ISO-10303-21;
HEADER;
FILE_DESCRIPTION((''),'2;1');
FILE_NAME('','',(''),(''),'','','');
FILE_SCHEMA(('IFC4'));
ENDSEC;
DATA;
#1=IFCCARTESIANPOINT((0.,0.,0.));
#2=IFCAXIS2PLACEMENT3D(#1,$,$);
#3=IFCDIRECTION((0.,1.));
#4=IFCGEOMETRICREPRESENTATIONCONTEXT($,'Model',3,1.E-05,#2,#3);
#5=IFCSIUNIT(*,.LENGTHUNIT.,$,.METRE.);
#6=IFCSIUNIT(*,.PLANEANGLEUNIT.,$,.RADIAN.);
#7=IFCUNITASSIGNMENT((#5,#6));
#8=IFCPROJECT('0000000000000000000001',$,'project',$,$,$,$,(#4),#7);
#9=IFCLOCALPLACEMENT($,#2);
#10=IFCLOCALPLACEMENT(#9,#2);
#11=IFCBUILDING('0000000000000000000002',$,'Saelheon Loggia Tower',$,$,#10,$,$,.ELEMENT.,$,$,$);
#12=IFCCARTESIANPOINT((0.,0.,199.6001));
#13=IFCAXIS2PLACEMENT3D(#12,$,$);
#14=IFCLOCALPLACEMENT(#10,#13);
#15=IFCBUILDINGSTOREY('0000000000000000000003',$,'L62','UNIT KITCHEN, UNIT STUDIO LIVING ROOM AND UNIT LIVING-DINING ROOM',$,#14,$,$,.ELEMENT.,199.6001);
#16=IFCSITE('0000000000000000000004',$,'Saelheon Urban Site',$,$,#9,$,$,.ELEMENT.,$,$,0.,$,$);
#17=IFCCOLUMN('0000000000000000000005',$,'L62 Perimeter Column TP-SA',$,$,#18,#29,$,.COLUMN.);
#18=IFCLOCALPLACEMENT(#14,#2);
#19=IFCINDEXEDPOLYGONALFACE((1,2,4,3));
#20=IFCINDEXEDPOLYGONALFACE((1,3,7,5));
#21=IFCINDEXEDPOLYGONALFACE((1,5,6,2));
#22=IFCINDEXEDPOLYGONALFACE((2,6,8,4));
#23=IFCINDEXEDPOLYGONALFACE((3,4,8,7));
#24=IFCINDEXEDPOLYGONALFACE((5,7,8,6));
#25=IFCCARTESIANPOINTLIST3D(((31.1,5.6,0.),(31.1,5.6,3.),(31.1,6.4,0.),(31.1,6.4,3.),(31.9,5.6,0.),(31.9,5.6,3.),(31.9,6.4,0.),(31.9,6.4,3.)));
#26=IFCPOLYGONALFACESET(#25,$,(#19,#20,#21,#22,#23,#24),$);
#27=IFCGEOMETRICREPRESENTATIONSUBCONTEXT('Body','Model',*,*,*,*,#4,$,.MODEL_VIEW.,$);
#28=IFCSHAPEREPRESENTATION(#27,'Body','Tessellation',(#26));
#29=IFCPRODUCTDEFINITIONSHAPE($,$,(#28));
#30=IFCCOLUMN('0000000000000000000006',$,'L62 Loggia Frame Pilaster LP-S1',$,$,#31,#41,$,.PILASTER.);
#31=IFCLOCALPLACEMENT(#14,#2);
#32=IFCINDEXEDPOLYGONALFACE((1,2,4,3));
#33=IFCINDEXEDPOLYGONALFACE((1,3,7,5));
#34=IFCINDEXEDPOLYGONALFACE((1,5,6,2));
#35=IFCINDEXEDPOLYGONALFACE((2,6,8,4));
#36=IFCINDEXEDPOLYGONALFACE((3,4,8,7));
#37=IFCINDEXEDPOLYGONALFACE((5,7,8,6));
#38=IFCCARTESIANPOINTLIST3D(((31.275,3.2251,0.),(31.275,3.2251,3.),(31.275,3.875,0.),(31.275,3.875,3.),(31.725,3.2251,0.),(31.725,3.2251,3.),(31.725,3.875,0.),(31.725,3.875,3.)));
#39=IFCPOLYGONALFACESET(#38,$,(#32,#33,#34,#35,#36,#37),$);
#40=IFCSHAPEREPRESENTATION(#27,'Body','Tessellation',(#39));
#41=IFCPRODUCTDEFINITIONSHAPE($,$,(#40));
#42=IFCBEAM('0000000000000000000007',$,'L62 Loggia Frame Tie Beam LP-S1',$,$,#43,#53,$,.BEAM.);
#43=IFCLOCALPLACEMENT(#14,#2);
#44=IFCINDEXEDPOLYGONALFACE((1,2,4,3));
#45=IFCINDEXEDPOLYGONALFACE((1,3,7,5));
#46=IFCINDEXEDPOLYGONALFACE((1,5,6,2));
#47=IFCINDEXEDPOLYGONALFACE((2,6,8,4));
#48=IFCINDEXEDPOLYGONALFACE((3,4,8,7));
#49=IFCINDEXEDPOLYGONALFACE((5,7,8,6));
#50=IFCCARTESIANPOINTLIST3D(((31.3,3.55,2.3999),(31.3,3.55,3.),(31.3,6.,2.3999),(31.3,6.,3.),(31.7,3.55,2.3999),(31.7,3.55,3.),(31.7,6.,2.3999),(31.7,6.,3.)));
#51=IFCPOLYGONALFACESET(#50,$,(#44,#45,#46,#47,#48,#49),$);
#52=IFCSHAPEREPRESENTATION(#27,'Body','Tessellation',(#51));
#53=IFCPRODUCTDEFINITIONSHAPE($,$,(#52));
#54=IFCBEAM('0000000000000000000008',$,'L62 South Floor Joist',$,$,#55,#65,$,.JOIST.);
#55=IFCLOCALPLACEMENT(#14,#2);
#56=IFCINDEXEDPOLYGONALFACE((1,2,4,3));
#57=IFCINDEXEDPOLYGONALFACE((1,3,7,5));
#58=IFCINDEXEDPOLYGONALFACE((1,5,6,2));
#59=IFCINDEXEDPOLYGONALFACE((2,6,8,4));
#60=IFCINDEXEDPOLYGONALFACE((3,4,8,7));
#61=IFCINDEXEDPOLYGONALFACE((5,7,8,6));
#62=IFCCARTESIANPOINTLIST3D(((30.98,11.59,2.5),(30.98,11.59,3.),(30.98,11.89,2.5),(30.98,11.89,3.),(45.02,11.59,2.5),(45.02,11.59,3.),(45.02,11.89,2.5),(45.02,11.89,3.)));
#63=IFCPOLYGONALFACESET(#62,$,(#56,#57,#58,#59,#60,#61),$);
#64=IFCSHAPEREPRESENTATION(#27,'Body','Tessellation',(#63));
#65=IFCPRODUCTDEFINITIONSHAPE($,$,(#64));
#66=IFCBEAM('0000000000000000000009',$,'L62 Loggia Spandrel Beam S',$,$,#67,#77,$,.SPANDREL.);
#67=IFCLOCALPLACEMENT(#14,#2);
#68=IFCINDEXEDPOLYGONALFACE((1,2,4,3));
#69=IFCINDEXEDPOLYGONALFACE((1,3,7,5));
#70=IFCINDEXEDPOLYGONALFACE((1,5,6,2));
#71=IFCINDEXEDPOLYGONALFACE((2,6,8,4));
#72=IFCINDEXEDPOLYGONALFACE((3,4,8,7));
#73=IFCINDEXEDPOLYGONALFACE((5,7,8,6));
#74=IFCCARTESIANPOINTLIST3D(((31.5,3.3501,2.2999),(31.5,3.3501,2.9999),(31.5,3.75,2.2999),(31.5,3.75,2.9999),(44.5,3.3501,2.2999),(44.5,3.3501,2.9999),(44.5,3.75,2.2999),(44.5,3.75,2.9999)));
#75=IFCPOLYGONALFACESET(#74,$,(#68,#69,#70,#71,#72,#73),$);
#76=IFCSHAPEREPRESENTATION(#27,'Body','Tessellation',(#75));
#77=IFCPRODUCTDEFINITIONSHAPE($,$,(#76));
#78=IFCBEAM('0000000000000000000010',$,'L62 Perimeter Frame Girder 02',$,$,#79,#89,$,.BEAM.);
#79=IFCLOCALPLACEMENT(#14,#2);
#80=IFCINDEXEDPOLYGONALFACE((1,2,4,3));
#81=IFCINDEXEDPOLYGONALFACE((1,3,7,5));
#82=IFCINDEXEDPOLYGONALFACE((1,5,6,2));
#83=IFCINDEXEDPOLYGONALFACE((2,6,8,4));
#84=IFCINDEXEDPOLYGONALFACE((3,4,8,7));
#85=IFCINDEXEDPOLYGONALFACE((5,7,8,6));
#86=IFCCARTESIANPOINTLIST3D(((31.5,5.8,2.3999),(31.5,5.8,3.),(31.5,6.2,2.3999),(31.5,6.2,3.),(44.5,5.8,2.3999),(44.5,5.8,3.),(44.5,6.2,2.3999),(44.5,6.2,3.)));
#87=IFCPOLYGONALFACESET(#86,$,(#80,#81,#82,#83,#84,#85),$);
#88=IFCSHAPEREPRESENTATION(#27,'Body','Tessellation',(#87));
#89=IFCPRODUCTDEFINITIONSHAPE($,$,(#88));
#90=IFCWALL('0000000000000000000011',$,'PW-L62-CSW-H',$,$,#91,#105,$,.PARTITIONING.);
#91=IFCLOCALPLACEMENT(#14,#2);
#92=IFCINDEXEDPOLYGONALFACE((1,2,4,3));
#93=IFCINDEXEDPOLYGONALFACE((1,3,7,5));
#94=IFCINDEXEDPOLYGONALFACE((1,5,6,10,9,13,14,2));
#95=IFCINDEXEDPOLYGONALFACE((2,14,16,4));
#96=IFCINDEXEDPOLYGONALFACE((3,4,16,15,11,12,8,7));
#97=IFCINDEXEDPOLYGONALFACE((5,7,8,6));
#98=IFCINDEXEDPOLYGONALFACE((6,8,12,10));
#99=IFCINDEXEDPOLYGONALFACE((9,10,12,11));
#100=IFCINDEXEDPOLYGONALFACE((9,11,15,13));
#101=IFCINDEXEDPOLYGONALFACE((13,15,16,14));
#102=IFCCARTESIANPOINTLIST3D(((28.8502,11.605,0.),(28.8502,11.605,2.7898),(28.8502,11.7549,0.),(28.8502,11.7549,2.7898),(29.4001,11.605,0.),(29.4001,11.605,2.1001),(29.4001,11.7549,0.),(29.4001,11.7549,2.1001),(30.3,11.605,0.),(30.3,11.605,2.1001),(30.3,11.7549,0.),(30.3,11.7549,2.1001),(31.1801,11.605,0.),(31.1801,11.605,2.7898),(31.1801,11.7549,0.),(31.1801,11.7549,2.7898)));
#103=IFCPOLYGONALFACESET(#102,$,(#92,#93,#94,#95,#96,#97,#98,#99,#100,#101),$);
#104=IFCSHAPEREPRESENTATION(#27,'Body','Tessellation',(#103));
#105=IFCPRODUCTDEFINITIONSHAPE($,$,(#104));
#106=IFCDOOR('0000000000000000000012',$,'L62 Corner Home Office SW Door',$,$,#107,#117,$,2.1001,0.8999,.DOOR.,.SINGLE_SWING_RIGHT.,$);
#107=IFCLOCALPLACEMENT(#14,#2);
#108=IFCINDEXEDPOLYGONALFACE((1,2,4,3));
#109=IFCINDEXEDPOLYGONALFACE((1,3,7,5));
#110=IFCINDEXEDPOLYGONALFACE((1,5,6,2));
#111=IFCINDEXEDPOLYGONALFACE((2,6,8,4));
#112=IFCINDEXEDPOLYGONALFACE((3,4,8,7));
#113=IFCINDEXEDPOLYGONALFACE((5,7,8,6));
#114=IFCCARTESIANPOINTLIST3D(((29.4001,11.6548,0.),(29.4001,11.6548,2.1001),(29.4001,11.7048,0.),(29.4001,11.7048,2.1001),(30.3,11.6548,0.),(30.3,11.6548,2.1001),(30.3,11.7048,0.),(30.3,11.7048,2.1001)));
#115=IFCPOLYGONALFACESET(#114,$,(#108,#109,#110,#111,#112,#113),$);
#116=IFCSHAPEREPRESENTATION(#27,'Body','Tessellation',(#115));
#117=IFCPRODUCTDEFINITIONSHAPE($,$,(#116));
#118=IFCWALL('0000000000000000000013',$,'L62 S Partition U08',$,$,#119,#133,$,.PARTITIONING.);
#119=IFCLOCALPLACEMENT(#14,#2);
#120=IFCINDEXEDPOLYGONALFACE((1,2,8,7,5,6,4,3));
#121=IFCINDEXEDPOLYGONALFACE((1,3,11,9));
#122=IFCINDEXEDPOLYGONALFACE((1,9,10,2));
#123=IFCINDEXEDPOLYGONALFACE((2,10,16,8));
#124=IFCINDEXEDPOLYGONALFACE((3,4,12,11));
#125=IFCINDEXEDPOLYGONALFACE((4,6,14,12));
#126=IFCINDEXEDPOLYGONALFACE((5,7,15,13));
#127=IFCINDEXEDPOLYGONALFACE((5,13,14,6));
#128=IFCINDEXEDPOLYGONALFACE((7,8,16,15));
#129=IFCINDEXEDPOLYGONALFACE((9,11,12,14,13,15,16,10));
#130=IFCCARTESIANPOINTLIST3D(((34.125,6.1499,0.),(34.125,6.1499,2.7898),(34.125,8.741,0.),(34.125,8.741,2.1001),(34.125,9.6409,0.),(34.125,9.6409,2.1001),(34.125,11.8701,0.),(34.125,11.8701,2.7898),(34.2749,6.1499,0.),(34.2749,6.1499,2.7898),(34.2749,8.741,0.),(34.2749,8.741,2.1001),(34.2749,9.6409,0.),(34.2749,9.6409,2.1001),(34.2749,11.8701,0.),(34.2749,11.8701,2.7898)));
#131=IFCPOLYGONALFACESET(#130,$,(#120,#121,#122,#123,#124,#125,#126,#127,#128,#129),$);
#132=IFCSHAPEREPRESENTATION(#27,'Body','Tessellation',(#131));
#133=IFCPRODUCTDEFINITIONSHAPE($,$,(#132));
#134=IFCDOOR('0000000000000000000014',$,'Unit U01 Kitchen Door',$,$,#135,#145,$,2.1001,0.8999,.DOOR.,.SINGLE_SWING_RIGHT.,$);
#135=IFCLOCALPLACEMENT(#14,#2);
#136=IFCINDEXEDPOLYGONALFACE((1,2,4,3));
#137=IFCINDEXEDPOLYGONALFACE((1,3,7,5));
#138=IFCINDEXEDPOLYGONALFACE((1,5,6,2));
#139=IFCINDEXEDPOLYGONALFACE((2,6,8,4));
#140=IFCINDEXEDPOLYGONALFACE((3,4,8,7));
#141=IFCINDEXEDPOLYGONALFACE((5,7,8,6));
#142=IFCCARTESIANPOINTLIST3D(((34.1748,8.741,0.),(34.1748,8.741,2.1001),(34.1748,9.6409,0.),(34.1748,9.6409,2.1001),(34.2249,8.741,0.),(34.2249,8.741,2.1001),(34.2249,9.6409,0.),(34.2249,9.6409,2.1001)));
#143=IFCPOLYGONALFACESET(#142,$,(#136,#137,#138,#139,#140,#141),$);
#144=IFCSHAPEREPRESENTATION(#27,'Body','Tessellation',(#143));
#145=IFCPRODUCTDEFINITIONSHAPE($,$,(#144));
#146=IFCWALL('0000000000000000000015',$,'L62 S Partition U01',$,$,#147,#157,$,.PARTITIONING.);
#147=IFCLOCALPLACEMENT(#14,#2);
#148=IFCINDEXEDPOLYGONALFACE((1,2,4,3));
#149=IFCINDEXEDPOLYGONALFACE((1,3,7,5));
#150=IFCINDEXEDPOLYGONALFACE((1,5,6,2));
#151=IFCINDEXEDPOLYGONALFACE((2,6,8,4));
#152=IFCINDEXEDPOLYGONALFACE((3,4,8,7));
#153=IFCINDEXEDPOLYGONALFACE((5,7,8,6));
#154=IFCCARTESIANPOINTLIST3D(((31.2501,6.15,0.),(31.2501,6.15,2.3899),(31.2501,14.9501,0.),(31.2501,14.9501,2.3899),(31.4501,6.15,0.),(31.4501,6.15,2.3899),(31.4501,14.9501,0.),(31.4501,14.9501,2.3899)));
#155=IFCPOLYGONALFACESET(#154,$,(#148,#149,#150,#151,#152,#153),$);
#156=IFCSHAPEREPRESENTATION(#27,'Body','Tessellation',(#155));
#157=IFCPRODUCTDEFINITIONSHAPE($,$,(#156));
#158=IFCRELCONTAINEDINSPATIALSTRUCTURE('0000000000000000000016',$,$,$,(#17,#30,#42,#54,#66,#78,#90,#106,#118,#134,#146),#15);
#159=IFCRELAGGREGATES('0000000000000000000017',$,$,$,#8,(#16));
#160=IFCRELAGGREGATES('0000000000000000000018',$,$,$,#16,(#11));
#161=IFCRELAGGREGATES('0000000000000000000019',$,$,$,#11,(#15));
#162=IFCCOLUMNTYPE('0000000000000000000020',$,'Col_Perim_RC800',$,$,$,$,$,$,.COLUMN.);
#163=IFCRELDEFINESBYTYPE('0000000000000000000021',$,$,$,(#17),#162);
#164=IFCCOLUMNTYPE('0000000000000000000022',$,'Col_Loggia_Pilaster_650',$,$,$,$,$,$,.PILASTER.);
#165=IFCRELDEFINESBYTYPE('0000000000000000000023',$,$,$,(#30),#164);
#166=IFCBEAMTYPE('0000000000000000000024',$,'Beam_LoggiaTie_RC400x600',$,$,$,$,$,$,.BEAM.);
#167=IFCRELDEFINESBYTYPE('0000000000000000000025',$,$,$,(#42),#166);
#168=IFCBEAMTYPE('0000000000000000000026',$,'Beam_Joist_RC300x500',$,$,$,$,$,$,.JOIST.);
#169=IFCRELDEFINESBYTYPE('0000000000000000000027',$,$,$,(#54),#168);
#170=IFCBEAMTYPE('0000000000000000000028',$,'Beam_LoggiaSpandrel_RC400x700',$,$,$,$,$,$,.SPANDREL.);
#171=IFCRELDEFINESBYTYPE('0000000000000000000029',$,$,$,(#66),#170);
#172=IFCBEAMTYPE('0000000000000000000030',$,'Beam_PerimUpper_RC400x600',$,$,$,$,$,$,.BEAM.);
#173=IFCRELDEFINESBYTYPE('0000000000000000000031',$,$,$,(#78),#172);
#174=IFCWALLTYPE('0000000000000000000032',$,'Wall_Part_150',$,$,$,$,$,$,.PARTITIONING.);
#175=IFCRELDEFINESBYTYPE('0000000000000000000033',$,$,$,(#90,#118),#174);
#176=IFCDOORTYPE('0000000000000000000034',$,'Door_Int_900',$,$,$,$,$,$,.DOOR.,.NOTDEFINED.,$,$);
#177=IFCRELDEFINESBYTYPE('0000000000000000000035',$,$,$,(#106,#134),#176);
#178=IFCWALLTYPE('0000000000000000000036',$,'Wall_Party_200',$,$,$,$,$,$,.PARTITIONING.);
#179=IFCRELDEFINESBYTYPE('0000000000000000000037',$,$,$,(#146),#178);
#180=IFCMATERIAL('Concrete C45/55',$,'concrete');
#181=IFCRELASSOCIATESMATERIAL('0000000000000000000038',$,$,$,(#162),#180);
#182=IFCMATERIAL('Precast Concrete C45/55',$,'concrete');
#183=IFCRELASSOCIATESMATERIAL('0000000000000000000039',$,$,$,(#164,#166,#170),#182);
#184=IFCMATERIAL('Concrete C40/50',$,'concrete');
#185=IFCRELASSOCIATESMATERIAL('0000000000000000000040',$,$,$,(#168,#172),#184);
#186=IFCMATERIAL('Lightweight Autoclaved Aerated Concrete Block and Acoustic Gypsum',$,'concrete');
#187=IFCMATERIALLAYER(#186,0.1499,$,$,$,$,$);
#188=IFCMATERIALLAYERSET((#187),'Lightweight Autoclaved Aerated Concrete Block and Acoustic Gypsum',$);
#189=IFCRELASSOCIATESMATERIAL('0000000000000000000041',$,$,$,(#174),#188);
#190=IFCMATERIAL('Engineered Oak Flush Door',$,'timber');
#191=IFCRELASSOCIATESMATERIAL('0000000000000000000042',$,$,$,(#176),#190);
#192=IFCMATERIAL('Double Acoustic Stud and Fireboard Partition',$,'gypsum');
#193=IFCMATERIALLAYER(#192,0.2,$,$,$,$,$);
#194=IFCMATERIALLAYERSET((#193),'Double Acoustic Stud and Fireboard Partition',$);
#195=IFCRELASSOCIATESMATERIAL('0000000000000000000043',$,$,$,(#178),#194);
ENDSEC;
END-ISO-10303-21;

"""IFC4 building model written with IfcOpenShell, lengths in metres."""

from ifc_helpers import new_model, si_unit, direction, frame, frame_2d, origin, origin_2d, place, context, subcontext, project, spatial, rectangle, extrude, source, transform, mapped, material, layer, layer_set, material_profile, profile_set, type_object, element, fill, save


model = new_model("IFC4")

# Units and contexts
model_context = context("Model", 3, precision=1e-05, world=origin(), true_north=direction((0.0, 1.0)))
body_context = subcontext(model_context, "Body", "Model", "MODEL_VIEW")
ifc_project = project(units=[si_unit("LENGTHUNIT", "METRE"), si_unit("PLANEANGLEUNIT", "RADIAN")], contexts=[model_context])

# Site, building, storey
site_placement = place(None, origin())
site = spatial("IfcSite", under=ifc_project, at=site_placement, Name="Saelheon Urban Site", CompositionType="ELEMENT", RefElevation=0.0)
building_placement = place(site_placement, origin())
building = spatial("IfcBuilding", under=site, at=building_placement, Name="Saelheon Loggia Tower", CompositionType="ELEMENT")
storey_placement = place(building_placement, frame((0.0, 0.0, 199.6001)))
storey = spatial("IfcBuildingStorey", under=building, at=storey_placement, Name="L62", Description="UNIT KITCHEN, UNIT STUDIO LIVING ROOM AND UNIT LIVING-DINING ROOM", CompositionType="ELEMENT", Elevation=199.6001)

# Columns
ifc_material_1 = material(Name="Concrete C45/55", Category="concrete")
ifc_material_profile_1 = material_profile(ifc_material_1, rectangle(XDim=0.8, YDim=0.8, at=origin_2d()), Name="RC-800x800")
ifc_profile_set_1 = profile_set([ifc_material_profile_1], Name="Concrete C45/55")
column_type_1 = type_object("IfcColumnType", Name="Col_Perim_RC800", PredefinedType="COLUMN", material=ifc_profile_set_1)
shared_shape_1 = source(origin(), body_context, "Body", "SweptSolid", [
    extrude(rectangle(XDim=0.8, YDim=0.8, at=origin_2d()), origin(), (0.0, 0.0, 1.0), 3.0),
])
column_1_placement = place(storey_placement, frame((31.5, 6.0, 0.0), z_axis=(0.0, 0.0, 1.0), x_axis=(1.0, 0.0, 0.0)))
element("IfcColumn", 1, at=column_1_placement, inside=storey, type_object=column_type_1, Name="L62 Perimeter Column TP-SA", PredefinedType="COLUMN", context=body_context, shape_type="MappedRepresentation", body=[
    mapped(shared_shape_1, transform((0.0, 0.0, 0.0), scale=1.0)),
])
ifc_material_2 = material(Name="Precast Concrete C45/55", Category="concrete")
ifc_material_profile_2 = material_profile(ifc_material_2, rectangle(XDim=0.45, YDim=0.6499, at=origin_2d()), Name="RC-450x650")
ifc_profile_set_2 = profile_set([ifc_material_profile_2], Name="Precast Concrete C45/55")
column_type_2 = type_object("IfcColumnType", Name="Col_Loggia_Pilaster_650", PredefinedType="PILASTER", material=ifc_profile_set_2)
shared_shape_2 = source(origin(), body_context, "Body", "SweptSolid", [
    extrude(rectangle(XDim=0.45, YDim=0.6499, at=origin_2d()), origin(), (0.0, 0.0, 1.0), 3.0),
])
column_2_placement = place(storey_placement, frame((31.5, 3.55, 0.0), z_axis=(0.0, 0.0, 1.0), x_axis=(1.0, 0.0, 0.0)))
element("IfcColumn", 2, at=column_2_placement, inside=storey, type_object=column_type_2, Name="L62 Loggia Frame Pilaster LP-S1", PredefinedType="PILASTER", context=body_context, shape_type="MappedRepresentation", body=[
    mapped(shared_shape_2, transform((0.0, 0.0, 0.0), scale=1.0)),
])

# Beams
ifc_material_profile_3 = material_profile(ifc_material_2, rectangle(XDim=0.3999, YDim=0.6001, at=origin_2d()), Name="RC-400x600")
ifc_profile_set_3 = profile_set([ifc_material_profile_3], Name="Precast Concrete C45/55")
beam_type_1 = type_object("IfcBeamType", Name="Beam_LoggiaTie_RC400x600", PredefinedType="BEAM", material=ifc_profile_set_3)
shared_shape_3 = source(origin(), body_context, "Body", "SweptSolid", [
    extrude(rectangle(XDim=0.3999, YDim=0.6001, at=origin_2d()), origin(), (0.0, 0.0, 1.0), 2.45),
])
beam_1_placement = place(storey_placement, frame((31.5, 6.0, 2.7), z_axis=(0.0, -1.0, 0.0), x_axis=(1.0, 0.0, 0.0)))
element("IfcBeam", 3, at=beam_1_placement, inside=storey, type_object=beam_type_1, Name="L62 Loggia Frame Tie Beam LP-S1", PredefinedType="BEAM", context=body_context, shape_type="MappedRepresentation", body=[
    mapped(shared_shape_3, transform((0.0, 0.0, 0.0), scale=1.0)),
])
ifc_material_3 = material(Name="Concrete C40/50", Category="concrete")
ifc_material_profile_4 = material_profile(ifc_material_3, rectangle(XDim=0.3, YDim=0.5, at=origin_2d()), Name="RC-300x500")
ifc_profile_set_4 = profile_set([ifc_material_profile_4], Name="Concrete C40/50")
beam_type_2 = type_object("IfcBeamType", Name="Beam_Joist_RC300x500", PredefinedType="JOIST", material=ifc_profile_set_4)
shared_shape_4 = source(origin(), body_context, "Body", "SweptSolid", [
    extrude(rectangle(XDim=0.3, YDim=0.5, at=origin_2d()), origin(), (0.0, 0.0, 1.0), 14.04),
])
beam_2_placement = place(storey_placement, frame((30.98, 11.74, 2.75), z_axis=(1.0, 0.0, 0.0), x_axis=(0.0, 1.0, 0.0)))
element("IfcBeam", 4, at=beam_2_placement, inside=storey, type_object=beam_type_2, Name="L62 South Floor Joist", PredefinedType="JOIST", context=body_context, shape_type="MappedRepresentation", body=[
    mapped(shared_shape_4, transform((0.0, 0.0, 0.0), scale=1.0)),
])
ifc_material_profile_5 = material_profile(ifc_material_2, rectangle(XDim=0.3999, YDim=0.7, at=origin_2d()), Name="RC-400x700")
ifc_profile_set_5 = profile_set([ifc_material_profile_5], Name="Precast Concrete C45/55")
beam_type_3 = type_object("IfcBeamType", Name="Beam_LoggiaSpandrel_RC400x700", PredefinedType="SPANDREL", material=ifc_profile_set_5)
shared_shape_5 = source(origin(), body_context, "Body", "SweptSolid", [
    extrude(rectangle(XDim=0.3999, YDim=0.7, at=origin_2d()), origin(), (0.0, 0.0, 1.0), 13.0),
])
beam_3_placement = place(storey_placement, frame((31.5, 3.55, 2.6499), z_axis=(1.0, 0.0, 0.0), x_axis=(0.0, 1.0, 0.0)))
element("IfcBeam", 5, at=beam_3_placement, inside=storey, type_object=beam_type_3, Name="L62 Loggia Spandrel Beam S", PredefinedType="SPANDREL", context=body_context, shape_type="MappedRepresentation", body=[
    mapped(shared_shape_5, transform((0.0, 0.0, 0.0), scale=1.0)),
])
ifc_material_profile_6 = material_profile(ifc_material_3, rectangle(XDim=0.3999, YDim=0.6001, at=origin_2d()), Name="RC-400x600")
ifc_profile_set_6 = profile_set([ifc_material_profile_6], Name="Concrete C40/50")
beam_type_4 = type_object("IfcBeamType", Name="Beam_PerimUpper_RC400x600", PredefinedType="BEAM", material=ifc_profile_set_6)
shared_shape_6 = source(origin(), body_context, "Body", "SweptSolid", [
    extrude(rectangle(XDim=0.3999, YDim=0.6001, at=origin_2d()), origin(), (0.0, 0.0, 1.0), 13.0),
])
beam_4_placement = place(storey_placement, frame((31.5, 6.0, 2.7), z_axis=(1.0, 0.0, 0.0), x_axis=(0.0, 1.0, 0.0)))
element("IfcBeam", 6, at=beam_4_placement, inside=storey, type_object=beam_type_4, Name="L62 Perimeter Frame Girder 02", PredefinedType="BEAM", context=body_context, shape_type="MappedRepresentation", body=[
    mapped(shared_shape_6, transform((0.0, 0.0, 0.0), scale=1.0)),
])

# Walls, openings, doors
ifc_material_4 = material(Name="Lightweight Autoclaved Aerated Concrete Block and Acoustic Gypsum", Category="concrete")
ifc_layer_1 = layer(ifc_material_4, 0.1499)
ifc_layer_set_1 = layer_set([ifc_layer_1], Name="Lightweight Autoclaved Aerated Concrete Block and Acoustic Gypsum")
wall_type_1 = type_object("IfcWallType", Name="Wall_Part_150", PredefinedType="PARTITIONING", material=ifc_layer_set_1)
wall_1_placement = place(storey_placement, frame((28.8501, 11.6799, 0.0), z_axis=(0.0, 0.0, 1.0), x_axis=(1.0, 0.0, 0.0)))
wall_1 = element("IfcWall", 7, at=wall_1_placement, inside=storey, type_object=wall_type_1, Name="PW-L62-CSW-H", PredefinedType="PARTITIONING", context=body_context, shape_type="SweptSolid", body=[
    extrude(rectangle(XDim=2.3298, YDim=0.1499, at=frame_2d((1.165, 0.0))), origin(), (0.0, 0.0, 1.0), 2.7898),
])
opening_1_placement = place(wall_1_placement, frame((0.55, 0.0, 0.0)))
opening_1 = element("IfcOpeningElement", 8, at=opening_1_placement, cuts=wall_1, PredefinedType="OPENING", context=body_context, shape_type="SweptSolid", body=[
    extrude(rectangle(XDim=0.8999, YDim=2.1001, at=frame_2d((0.45, 1.05))), frame((0.0, 0.0869, 0.0), z_axis=(0.0, -1.0, 0.0), x_axis=(1.0, 0.0, 0.0)), (0.0, 0.0, 1.0), 0.1738),
])
ifc_material_5 = material(Name="Engineered Oak Flush Door", Category="timber")
door_type_1 = type_object("IfcDoorType", Name="Door_Int_900", OperationType="NOTDEFINED", PredefinedType="DOOR", material=ifc_material_5)
shared_shape_7 = source(origin(), body_context, "Body", "SweptSolid", [
    extrude(rectangle(XDim=0.8999, YDim=2.1001, at=frame_2d((0.45, 1.05))), frame((0.0, 0.0249, 0.0), z_axis=(0.0, -1.0, 0.0), x_axis=(1.0, 0.0, 0.0)), (0.0, 0.0, 1.0), 0.05),
])
door_1_placement = place(opening_1_placement, origin())
door_1 = element("IfcDoor", 9, at=door_1_placement, inside=storey, type_object=door_type_1, Name="L62 Corner Home Office SW Door", OperationType="SINGLE_SWING_RIGHT", OverallHeight=2.1001, OverallWidth=0.8999, PredefinedType="DOOR", context=body_context, shape_type="MappedRepresentation", body=[
    mapped(shared_shape_7, transform((0.0, 0.0, 0.0), scale=1.0)),
])
fill(opening_1, door_1)
wall_2_placement = place(storey_placement, frame((34.2, 11.8701, 0.0), z_axis=(0.0, 0.0, 1.0), x_axis=(0.0, -1.0, 0.0)))
wall_2 = element("IfcWall", 10, at=wall_2_placement, inside=storey, type_object=wall_type_1, Name="L62 S Partition U08", PredefinedType="PARTITIONING", context=body_context, shape_type="SweptSolid", body=[
    extrude(rectangle(XDim=5.7202, YDim=0.1499, at=frame_2d((2.8601, 0.0))), origin(), (0.0, 0.0, 1.0), 2.7898),
])
opening_2_placement = place(wall_2_placement, frame((2.2292, 0.0, 0.0)))
opening_2 = element("IfcOpeningElement", 11, at=opening_2_placement, cuts=wall_2, PredefinedType="OPENING", context=body_context, shape_type="SweptSolid", body=[
    extrude(rectangle(XDim=0.8999, YDim=2.1001, at=frame_2d((0.45, 1.05))), frame((0.0, 0.0869, 0.0), z_axis=(0.0, -1.0, 0.0), x_axis=(1.0, 0.0, 0.0)), (0.0, 0.0, 1.0), 0.1738),
])
door_2_placement = place(opening_2_placement, origin())
door_2 = element("IfcDoor", 12, at=door_2_placement, inside=storey, type_object=door_type_1, Name="Unit U01 Kitchen Door", OperationType="SINGLE_SWING_RIGHT", OverallHeight=2.1001, OverallWidth=0.8999, PredefinedType="DOOR", context=body_context, shape_type="MappedRepresentation", body=[
    mapped(shared_shape_7, transform((0.0, 0.0, 0.0), scale=1.0)),
])
fill(opening_2, door_2)

# Wall
ifc_material_6 = material(Name="Double Acoustic Stud and Fireboard Partition", Category="gypsum")
ifc_layer_2 = layer(ifc_material_6, 0.2)
ifc_layer_set_2 = layer_set([ifc_layer_2], Name="Double Acoustic Stud and Fireboard Partition")
wall_type_2 = type_object("IfcWallType", Name="Wall_Party_200", PredefinedType="PARTITIONING", material=ifc_layer_set_2)
wall_3_placement = place(storey_placement, frame((31.3501, 14.95, 0.0), z_axis=(0.0, 0.0, 1.0), x_axis=(0.0, -1.0, 0.0)))
element("IfcWall", 13, at=wall_3_placement, inside=storey, type_object=wall_type_2, Name="L62 S Partition U01", PredefinedType="PARTITIONING", context=body_context, shape_type="SweptSolid", body=[
    extrude(rectangle(XDim=8.8, YDim=0.2, at=frame_2d((4.3999, 0.0))), origin(), (0.0, 0.0, 1.0), 2.3899),
])

save(model, "model.ifc")
